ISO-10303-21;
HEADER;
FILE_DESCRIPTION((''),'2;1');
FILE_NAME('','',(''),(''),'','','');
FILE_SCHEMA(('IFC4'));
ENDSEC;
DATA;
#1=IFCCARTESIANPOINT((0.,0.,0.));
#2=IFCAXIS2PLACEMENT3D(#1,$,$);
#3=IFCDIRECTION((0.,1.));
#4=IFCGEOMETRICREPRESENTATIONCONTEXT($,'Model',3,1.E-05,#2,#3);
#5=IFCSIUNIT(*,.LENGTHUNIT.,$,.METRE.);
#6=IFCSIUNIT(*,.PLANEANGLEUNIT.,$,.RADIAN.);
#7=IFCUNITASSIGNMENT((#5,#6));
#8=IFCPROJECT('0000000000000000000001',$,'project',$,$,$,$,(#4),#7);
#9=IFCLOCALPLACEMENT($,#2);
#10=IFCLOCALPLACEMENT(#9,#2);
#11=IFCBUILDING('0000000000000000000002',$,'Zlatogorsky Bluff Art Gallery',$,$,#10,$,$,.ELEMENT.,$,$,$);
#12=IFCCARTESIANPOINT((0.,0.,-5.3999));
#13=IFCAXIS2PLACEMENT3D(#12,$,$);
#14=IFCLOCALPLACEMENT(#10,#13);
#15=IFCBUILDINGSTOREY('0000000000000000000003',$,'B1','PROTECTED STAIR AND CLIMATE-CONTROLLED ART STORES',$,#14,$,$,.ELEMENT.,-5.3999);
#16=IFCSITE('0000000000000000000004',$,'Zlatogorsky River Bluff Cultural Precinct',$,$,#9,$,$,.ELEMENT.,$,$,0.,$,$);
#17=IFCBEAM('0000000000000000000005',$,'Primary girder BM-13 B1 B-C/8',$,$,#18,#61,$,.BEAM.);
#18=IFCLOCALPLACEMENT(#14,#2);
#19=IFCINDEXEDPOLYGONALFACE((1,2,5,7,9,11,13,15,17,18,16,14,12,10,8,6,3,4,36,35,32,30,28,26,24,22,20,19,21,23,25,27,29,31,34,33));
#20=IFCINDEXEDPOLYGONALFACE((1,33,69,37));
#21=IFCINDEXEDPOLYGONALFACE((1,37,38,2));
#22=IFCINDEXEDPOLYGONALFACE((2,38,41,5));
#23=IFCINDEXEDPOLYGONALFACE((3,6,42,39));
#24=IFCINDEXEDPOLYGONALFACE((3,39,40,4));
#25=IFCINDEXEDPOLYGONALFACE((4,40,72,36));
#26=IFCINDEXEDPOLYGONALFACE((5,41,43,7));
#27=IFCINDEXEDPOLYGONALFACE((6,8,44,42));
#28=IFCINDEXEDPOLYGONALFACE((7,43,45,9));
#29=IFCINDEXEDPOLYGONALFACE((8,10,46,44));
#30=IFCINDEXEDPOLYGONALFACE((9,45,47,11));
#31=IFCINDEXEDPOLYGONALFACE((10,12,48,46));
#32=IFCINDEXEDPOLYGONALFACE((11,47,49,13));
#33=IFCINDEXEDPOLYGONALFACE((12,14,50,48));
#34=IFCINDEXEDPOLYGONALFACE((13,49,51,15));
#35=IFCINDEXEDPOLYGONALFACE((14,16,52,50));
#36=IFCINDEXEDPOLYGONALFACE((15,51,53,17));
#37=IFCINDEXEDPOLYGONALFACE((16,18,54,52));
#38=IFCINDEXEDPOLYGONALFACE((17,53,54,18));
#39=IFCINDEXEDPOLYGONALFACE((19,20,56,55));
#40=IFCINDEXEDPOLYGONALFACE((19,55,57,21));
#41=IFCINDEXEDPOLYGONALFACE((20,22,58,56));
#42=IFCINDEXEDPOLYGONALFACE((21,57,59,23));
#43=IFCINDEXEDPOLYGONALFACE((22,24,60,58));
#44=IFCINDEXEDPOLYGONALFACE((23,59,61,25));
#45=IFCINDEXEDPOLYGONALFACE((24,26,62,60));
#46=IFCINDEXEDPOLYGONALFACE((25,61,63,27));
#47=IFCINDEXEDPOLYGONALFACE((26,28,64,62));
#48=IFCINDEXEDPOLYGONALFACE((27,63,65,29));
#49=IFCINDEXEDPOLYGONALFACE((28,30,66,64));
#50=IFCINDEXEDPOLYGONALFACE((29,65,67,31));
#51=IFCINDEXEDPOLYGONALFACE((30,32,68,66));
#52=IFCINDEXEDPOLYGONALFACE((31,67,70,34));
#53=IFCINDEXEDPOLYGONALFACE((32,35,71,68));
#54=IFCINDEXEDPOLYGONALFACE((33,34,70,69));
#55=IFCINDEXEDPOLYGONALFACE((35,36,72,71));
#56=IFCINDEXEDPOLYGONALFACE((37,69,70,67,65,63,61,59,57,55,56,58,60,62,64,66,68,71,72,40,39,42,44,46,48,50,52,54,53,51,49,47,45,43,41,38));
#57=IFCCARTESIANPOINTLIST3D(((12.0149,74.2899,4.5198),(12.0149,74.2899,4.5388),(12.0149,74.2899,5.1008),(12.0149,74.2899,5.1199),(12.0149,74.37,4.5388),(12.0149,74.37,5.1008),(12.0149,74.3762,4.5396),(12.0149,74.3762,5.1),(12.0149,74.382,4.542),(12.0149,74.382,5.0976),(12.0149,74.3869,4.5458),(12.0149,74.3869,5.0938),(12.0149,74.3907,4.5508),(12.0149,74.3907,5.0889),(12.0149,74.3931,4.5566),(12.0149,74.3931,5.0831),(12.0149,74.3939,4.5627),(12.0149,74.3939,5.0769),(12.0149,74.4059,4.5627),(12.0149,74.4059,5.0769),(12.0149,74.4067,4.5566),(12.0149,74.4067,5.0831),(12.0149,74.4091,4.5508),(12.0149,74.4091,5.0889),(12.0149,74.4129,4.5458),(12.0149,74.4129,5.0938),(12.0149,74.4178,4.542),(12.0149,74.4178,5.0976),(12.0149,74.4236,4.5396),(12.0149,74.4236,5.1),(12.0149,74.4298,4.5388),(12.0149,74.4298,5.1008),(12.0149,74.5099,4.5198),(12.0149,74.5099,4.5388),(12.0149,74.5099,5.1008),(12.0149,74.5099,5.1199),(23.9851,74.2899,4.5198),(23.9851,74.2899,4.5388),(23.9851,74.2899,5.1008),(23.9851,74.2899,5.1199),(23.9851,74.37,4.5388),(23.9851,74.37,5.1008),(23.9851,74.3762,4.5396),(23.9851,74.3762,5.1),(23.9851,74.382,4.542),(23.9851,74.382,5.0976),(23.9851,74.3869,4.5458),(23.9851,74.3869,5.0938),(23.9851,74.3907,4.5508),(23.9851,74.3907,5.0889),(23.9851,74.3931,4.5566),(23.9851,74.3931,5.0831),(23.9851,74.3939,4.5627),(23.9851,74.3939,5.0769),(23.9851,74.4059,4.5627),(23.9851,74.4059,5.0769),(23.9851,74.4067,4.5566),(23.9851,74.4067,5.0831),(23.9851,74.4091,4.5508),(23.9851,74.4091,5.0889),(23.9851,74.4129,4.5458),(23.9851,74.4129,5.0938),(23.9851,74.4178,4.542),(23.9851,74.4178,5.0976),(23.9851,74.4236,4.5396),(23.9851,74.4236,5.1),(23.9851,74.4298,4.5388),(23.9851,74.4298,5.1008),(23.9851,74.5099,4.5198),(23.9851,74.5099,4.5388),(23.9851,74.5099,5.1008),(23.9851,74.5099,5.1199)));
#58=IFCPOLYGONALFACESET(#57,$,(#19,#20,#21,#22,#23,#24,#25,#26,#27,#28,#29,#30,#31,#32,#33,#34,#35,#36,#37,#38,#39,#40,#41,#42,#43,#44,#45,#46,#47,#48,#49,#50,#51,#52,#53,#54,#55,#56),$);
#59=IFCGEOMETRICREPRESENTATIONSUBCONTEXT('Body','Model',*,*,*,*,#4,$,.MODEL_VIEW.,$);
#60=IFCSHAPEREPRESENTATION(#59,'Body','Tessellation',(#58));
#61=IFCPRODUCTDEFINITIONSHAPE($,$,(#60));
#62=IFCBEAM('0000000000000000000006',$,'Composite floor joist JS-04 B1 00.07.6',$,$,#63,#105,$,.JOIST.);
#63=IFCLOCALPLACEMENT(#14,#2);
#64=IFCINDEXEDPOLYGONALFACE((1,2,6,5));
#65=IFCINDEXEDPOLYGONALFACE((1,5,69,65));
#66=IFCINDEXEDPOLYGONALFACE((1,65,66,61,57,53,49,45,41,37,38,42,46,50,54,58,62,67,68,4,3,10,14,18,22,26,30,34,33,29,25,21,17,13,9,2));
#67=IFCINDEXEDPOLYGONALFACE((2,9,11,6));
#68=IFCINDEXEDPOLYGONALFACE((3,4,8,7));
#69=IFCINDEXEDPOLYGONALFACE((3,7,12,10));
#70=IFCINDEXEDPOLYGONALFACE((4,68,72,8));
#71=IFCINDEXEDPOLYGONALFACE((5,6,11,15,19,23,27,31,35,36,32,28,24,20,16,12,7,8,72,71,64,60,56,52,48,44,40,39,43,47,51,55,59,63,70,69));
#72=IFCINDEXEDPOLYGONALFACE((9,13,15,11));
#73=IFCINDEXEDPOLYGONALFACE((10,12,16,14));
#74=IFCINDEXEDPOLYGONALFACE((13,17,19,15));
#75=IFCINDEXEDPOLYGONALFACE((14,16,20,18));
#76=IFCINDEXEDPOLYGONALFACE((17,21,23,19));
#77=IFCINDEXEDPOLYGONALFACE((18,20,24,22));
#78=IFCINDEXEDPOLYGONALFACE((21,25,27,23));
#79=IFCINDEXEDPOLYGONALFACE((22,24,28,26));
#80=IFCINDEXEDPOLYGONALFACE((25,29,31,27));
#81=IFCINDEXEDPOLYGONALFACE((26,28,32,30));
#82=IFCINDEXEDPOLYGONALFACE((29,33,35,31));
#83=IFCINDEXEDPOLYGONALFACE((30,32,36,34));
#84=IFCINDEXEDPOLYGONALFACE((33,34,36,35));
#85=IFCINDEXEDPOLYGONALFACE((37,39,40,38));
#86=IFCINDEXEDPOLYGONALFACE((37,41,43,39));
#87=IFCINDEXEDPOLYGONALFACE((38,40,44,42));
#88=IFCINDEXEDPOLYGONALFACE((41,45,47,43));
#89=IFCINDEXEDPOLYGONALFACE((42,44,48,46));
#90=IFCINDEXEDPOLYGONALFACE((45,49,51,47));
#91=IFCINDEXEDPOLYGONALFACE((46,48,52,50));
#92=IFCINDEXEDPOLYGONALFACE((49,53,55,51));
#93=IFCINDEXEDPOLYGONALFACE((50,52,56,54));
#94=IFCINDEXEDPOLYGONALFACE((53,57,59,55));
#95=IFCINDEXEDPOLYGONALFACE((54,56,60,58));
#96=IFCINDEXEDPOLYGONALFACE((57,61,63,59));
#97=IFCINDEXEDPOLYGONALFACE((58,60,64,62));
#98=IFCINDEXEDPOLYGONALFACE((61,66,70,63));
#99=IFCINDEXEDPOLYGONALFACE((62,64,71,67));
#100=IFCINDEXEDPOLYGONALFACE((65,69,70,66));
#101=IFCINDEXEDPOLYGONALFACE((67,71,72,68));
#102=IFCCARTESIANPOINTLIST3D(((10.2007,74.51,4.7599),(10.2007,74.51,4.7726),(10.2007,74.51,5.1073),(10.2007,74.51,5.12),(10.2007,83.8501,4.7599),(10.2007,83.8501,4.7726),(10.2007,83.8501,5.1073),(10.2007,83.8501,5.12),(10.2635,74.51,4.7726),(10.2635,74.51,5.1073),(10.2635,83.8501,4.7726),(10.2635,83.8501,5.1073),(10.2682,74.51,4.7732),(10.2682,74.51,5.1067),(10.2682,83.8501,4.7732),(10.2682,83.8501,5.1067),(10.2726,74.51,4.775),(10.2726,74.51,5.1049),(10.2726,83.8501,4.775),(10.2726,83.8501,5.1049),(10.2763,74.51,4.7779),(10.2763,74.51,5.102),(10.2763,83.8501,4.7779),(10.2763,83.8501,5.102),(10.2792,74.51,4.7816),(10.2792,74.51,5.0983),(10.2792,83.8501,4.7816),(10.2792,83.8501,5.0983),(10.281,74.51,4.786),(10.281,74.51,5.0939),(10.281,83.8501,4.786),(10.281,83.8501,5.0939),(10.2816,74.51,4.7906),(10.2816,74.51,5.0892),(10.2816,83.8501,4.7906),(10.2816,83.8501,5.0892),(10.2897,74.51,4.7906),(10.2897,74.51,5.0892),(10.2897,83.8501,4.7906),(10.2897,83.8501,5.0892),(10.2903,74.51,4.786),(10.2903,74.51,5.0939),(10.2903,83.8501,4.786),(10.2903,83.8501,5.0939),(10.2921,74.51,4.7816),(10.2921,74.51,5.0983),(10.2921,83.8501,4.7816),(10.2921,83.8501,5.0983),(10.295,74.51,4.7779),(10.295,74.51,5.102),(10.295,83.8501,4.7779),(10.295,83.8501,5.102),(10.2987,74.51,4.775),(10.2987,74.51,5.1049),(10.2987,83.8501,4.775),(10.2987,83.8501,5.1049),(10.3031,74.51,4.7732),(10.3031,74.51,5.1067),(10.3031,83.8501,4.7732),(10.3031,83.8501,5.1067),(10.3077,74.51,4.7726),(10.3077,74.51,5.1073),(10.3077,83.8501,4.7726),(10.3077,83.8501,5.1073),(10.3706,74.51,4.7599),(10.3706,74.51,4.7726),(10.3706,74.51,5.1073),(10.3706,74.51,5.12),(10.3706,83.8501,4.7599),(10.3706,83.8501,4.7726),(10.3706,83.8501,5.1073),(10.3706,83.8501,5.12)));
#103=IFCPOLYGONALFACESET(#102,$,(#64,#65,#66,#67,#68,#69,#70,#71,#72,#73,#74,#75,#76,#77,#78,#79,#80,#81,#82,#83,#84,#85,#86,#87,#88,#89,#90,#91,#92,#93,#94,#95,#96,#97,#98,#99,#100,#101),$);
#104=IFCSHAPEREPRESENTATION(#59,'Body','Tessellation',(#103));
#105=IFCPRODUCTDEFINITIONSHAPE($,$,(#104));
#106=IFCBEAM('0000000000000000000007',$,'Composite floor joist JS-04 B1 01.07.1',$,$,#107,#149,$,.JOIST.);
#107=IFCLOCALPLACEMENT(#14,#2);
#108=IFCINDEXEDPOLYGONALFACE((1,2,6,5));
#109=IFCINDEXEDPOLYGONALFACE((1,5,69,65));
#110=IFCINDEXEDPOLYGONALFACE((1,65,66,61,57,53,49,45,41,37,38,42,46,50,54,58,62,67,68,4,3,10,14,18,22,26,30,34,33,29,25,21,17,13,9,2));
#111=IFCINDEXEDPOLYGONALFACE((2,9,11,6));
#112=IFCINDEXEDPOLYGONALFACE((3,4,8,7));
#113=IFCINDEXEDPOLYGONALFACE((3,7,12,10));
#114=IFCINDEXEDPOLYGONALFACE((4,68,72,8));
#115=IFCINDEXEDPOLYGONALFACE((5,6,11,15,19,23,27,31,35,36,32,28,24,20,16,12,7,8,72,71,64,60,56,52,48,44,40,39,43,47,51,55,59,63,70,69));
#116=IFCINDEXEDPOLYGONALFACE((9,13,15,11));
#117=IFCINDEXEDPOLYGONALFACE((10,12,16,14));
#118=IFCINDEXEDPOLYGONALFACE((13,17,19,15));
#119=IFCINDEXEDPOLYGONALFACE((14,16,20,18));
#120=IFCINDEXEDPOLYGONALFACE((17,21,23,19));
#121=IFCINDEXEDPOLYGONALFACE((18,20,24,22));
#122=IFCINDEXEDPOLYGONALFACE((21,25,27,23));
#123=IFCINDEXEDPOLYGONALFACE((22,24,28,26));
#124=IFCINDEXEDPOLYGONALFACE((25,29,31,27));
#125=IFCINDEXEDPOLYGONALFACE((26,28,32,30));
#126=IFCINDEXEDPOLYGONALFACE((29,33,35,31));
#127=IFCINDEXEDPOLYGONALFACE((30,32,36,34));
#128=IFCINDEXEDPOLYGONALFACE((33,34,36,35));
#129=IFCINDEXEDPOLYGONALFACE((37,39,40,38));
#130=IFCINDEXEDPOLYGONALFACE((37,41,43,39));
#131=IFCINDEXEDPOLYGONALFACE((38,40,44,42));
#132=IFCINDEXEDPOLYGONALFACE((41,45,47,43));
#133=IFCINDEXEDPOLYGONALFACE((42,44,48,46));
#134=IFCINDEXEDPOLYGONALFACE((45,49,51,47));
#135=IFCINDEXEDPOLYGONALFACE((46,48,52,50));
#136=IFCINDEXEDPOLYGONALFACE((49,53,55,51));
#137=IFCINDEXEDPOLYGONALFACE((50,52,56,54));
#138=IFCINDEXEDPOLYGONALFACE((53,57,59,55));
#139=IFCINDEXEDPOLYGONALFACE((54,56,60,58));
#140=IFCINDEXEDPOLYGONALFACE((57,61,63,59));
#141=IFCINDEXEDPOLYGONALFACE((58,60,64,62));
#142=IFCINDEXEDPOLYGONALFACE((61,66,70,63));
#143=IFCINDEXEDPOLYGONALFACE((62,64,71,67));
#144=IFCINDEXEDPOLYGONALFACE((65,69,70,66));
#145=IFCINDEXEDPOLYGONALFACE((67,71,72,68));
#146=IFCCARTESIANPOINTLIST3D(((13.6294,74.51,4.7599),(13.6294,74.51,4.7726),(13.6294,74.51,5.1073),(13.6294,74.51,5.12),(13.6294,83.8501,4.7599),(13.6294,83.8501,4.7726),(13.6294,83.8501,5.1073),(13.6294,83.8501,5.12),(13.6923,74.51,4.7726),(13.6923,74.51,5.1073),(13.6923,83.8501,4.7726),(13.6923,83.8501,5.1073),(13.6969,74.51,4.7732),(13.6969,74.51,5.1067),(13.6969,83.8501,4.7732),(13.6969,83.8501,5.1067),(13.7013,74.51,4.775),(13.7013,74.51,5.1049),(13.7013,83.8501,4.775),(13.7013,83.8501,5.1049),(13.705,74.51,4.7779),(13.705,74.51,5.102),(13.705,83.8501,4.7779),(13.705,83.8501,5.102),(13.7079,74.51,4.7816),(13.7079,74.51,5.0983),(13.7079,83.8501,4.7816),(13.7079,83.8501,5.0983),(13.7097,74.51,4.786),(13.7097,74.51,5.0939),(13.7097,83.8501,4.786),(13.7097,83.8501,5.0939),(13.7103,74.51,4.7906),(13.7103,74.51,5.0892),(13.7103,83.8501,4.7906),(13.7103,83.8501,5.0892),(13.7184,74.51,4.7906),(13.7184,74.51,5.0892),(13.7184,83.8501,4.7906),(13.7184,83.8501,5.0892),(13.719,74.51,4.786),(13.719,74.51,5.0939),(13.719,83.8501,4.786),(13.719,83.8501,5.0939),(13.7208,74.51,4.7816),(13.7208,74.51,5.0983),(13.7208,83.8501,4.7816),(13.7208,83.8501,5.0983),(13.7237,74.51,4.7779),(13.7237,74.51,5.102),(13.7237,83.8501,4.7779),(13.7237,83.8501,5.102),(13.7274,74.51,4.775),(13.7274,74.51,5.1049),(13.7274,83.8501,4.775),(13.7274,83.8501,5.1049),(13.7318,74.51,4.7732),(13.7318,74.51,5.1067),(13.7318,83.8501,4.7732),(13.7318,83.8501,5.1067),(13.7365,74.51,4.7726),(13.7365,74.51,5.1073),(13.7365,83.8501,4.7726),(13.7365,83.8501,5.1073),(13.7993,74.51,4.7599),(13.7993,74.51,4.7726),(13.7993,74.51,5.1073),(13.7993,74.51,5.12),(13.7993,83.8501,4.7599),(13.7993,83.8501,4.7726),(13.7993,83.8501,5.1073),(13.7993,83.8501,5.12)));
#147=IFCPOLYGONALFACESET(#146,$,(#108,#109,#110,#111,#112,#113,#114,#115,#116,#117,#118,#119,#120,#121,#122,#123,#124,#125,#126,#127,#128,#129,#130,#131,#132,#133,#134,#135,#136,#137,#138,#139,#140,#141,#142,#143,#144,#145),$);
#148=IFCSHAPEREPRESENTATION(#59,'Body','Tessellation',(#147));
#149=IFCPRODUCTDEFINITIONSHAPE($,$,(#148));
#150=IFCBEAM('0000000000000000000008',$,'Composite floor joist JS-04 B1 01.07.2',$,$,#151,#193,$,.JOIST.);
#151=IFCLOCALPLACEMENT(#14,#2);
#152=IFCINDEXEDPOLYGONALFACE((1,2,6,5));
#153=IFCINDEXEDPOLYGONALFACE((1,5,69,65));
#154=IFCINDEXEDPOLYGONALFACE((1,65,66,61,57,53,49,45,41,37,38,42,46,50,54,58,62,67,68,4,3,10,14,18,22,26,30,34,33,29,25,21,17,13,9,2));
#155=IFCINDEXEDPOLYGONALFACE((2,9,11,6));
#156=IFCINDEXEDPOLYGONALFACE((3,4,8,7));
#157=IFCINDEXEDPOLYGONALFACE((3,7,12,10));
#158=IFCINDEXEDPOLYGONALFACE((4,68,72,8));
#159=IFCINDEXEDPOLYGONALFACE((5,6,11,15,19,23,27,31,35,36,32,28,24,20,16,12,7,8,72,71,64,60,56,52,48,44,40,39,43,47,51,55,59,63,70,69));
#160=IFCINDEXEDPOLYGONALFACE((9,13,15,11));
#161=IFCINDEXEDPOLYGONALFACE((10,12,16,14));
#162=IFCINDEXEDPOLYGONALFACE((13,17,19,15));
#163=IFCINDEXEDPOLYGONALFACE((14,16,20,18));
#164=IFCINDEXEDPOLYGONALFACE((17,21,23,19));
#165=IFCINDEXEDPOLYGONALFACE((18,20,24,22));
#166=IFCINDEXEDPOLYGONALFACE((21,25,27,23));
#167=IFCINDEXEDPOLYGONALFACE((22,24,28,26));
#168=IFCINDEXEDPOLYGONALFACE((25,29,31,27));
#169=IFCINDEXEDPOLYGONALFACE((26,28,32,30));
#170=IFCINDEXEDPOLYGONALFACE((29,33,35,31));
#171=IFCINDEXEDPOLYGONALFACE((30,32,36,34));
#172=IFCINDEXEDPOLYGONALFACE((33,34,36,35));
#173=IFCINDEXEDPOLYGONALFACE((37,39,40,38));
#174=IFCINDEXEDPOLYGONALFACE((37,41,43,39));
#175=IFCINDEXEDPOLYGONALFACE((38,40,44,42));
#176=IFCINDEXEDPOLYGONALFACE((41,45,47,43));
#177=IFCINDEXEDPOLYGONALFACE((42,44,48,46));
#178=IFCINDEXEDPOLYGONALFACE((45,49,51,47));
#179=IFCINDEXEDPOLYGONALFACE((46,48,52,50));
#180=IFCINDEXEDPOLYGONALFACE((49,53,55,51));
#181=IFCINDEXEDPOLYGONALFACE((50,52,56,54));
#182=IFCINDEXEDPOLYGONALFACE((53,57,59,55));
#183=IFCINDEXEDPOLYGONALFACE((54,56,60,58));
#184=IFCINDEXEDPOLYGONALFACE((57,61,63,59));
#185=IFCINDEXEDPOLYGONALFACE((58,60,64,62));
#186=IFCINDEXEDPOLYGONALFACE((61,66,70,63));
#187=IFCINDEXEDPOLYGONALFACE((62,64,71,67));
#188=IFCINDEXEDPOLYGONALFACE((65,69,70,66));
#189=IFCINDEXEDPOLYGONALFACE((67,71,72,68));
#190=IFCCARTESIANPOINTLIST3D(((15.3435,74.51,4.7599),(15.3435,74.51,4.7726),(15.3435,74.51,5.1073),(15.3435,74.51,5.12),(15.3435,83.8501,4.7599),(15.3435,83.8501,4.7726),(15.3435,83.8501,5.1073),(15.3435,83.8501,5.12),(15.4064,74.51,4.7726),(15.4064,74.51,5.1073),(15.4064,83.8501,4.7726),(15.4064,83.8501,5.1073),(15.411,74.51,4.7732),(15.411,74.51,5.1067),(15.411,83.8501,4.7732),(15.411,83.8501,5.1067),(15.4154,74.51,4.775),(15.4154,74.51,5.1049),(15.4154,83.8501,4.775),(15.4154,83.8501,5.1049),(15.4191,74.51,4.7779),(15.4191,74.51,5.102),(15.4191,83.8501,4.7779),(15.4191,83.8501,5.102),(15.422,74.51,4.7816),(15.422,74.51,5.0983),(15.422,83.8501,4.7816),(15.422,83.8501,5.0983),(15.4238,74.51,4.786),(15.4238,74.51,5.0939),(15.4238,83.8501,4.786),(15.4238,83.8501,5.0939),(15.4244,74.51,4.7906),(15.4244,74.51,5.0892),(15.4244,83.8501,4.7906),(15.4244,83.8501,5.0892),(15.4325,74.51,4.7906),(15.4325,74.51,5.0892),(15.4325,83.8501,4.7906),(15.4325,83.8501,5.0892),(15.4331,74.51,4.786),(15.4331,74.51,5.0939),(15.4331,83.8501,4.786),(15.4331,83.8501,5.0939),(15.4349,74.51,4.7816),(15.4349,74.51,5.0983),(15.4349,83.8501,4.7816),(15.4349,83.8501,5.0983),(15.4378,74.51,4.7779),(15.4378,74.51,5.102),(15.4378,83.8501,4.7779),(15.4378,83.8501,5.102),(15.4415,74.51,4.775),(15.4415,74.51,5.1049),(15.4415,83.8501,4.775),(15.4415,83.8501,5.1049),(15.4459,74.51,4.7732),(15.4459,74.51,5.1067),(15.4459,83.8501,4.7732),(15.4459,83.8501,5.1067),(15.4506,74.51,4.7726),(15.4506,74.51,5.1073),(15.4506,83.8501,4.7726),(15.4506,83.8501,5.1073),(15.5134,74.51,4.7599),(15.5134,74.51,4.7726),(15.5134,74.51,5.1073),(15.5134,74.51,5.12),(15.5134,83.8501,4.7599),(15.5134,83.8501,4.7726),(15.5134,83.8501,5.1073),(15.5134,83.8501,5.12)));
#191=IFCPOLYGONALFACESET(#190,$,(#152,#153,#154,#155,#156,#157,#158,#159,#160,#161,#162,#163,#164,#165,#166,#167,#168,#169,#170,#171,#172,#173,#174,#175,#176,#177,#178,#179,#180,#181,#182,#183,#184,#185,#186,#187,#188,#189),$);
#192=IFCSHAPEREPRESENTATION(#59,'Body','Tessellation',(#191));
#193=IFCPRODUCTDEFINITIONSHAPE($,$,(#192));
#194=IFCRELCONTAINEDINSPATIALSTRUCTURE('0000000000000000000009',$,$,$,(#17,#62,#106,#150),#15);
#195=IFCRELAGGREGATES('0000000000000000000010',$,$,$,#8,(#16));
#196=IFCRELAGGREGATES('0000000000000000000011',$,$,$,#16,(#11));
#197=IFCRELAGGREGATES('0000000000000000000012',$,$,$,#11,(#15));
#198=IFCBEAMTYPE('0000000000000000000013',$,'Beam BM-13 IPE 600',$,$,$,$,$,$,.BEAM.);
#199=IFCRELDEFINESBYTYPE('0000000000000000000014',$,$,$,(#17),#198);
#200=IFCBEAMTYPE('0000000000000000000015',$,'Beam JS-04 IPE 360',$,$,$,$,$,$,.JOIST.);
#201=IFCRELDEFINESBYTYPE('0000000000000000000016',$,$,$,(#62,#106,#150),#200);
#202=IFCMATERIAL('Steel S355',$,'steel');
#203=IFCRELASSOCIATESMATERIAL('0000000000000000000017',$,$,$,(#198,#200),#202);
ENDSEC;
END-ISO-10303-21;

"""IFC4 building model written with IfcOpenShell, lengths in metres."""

from ifc_helpers import new_model, si_unit, direction, frame, origin, origin_2d, place, context, subcontext, project, spatial, i_section, extrude, material, material_profile, profile_set, type_object, element, save


model = new_model("IFC4")

# Units and contexts
model_context = context("Model", 3, precision=1e-05, world=origin(), true_north=direction((0.0, 1.0)))
body_context = subcontext(model_context, "Body", "Model", "MODEL_VIEW")
ifc_project = project(units=[si_unit("LENGTHUNIT", "METRE"), si_unit("PLANEANGLEUNIT", "RADIAN")], contexts=[model_context])

# Site, building, storey
site_placement = place(None, origin())
site = spatial("IfcSite", under=ifc_project, at=site_placement, Name="Zlatogorsky River Bluff Cultural Precinct", CompositionType="ELEMENT", RefElevation=0.0)
building_placement = place(site_placement, origin())
building = spatial("IfcBuilding", under=site, at=building_placement, Name="Zlatogorsky Bluff Art Gallery", CompositionType="ELEMENT")
storey_placement = place(building_placement, frame((0.0, 0.0, -5.3999)))
storey = spatial("IfcBuildingStorey", under=building, at=storey_placement, Name="B1", Description="PROTECTED STAIR AND CLIMATE-CONTROLLED ART STORES", CompositionType="ELEMENT", Elevation=-5.3999)

# Shared definitions
ifc_material_1 = material(Name="Steel S355", Category="steel")

# Beams
ifc_material_profile_1 = material_profile(ifc_material_1, i_section(OverallWidth=0.22, OverallDepth=0.6001, WebThickness=0.012, FlangeThickness=0.019, FilletRadius=0.0239, at=origin_2d()), Name="IPE 600")
ifc_profile_set_1 = profile_set([ifc_material_profile_1], Name="Steel S355")
beam_type_1 = type_object("IfcBeamType", Name="Beam BM-13 IPE 600", PredefinedType="BEAM", material=ifc_profile_set_1)
beam_1_placement = place(storey_placement, frame((12.0149, 74.3999, 4.8198), z_axis=(1.0, 0.0, 0.0), x_axis=(0.0, 1.0, 0.0)))
element("IfcBeam", 1, at=beam_1_placement, inside=storey, type_object=beam_type_1, Name="Primary girder BM-13 B1 B-C/8", PredefinedType="BEAM", context=body_context, shape_type="SweptSolid", body=[
    extrude(i_section(OverallWidth=0.22, OverallDepth=0.6001, WebThickness=0.012, FlangeThickness=0.019, FilletRadius=0.0239, at=origin_2d()), origin(), (0.0, 0.0, 1.0), 11.9702),
])
ifc_material_profile_2 = material_profile(ifc_material_1, i_section(OverallWidth=0.1699, OverallDepth=0.3601, WebThickness=0.0081, FlangeThickness=0.0127, FilletRadius=0.0181, at=origin_2d()), Name="IPE 360")
ifc_profile_set_2 = profile_set([ifc_material_profile_2], Name="Steel S355")
beam_type_2 = type_object("IfcBeamType", Name="Beam JS-04 IPE 360", PredefinedType="JOIST", material=ifc_profile_set_2)
for number, where, z_axis, x_axis, name in (
    (2, (10.2856, 74.51, 4.9399), (0.0, 1.0, 0.0), (-1.0, 0.0, 0.0), "Composite floor joist JS-04 B1 00.07.6"),
    (3, (13.7144, 74.51, 4.9399), (0.0, 1.0, 0.0), (-1.0, 0.0, 0.0), "Composite floor joist JS-04 B1 01.07.1"),
    (4, (15.4285, 74.51, 4.9399), (0.0, 1.0, 0.0), (-1.0, 0.0, 0.0), "Composite floor joist JS-04 B1 01.07.2"),
):
    element("IfcBeam", number, at=place(storey_placement, frame(where, z_axis=z_axis, x_axis=x_axis)), inside=storey, type_object=beam_type_2, Name=name, PredefinedType="JOIST", context=body_context, shape_type="SweptSolid", body=[
        extrude(i_section(OverallWidth=0.1699, OverallDepth=0.3601, WebThickness=0.0081, FlangeThickness=0.0127, FilletRadius=0.0181, at=origin_2d()), origin(), (0.0, 0.0, 1.0), 9.3401),
    ])

save(model, "model.ifc")
